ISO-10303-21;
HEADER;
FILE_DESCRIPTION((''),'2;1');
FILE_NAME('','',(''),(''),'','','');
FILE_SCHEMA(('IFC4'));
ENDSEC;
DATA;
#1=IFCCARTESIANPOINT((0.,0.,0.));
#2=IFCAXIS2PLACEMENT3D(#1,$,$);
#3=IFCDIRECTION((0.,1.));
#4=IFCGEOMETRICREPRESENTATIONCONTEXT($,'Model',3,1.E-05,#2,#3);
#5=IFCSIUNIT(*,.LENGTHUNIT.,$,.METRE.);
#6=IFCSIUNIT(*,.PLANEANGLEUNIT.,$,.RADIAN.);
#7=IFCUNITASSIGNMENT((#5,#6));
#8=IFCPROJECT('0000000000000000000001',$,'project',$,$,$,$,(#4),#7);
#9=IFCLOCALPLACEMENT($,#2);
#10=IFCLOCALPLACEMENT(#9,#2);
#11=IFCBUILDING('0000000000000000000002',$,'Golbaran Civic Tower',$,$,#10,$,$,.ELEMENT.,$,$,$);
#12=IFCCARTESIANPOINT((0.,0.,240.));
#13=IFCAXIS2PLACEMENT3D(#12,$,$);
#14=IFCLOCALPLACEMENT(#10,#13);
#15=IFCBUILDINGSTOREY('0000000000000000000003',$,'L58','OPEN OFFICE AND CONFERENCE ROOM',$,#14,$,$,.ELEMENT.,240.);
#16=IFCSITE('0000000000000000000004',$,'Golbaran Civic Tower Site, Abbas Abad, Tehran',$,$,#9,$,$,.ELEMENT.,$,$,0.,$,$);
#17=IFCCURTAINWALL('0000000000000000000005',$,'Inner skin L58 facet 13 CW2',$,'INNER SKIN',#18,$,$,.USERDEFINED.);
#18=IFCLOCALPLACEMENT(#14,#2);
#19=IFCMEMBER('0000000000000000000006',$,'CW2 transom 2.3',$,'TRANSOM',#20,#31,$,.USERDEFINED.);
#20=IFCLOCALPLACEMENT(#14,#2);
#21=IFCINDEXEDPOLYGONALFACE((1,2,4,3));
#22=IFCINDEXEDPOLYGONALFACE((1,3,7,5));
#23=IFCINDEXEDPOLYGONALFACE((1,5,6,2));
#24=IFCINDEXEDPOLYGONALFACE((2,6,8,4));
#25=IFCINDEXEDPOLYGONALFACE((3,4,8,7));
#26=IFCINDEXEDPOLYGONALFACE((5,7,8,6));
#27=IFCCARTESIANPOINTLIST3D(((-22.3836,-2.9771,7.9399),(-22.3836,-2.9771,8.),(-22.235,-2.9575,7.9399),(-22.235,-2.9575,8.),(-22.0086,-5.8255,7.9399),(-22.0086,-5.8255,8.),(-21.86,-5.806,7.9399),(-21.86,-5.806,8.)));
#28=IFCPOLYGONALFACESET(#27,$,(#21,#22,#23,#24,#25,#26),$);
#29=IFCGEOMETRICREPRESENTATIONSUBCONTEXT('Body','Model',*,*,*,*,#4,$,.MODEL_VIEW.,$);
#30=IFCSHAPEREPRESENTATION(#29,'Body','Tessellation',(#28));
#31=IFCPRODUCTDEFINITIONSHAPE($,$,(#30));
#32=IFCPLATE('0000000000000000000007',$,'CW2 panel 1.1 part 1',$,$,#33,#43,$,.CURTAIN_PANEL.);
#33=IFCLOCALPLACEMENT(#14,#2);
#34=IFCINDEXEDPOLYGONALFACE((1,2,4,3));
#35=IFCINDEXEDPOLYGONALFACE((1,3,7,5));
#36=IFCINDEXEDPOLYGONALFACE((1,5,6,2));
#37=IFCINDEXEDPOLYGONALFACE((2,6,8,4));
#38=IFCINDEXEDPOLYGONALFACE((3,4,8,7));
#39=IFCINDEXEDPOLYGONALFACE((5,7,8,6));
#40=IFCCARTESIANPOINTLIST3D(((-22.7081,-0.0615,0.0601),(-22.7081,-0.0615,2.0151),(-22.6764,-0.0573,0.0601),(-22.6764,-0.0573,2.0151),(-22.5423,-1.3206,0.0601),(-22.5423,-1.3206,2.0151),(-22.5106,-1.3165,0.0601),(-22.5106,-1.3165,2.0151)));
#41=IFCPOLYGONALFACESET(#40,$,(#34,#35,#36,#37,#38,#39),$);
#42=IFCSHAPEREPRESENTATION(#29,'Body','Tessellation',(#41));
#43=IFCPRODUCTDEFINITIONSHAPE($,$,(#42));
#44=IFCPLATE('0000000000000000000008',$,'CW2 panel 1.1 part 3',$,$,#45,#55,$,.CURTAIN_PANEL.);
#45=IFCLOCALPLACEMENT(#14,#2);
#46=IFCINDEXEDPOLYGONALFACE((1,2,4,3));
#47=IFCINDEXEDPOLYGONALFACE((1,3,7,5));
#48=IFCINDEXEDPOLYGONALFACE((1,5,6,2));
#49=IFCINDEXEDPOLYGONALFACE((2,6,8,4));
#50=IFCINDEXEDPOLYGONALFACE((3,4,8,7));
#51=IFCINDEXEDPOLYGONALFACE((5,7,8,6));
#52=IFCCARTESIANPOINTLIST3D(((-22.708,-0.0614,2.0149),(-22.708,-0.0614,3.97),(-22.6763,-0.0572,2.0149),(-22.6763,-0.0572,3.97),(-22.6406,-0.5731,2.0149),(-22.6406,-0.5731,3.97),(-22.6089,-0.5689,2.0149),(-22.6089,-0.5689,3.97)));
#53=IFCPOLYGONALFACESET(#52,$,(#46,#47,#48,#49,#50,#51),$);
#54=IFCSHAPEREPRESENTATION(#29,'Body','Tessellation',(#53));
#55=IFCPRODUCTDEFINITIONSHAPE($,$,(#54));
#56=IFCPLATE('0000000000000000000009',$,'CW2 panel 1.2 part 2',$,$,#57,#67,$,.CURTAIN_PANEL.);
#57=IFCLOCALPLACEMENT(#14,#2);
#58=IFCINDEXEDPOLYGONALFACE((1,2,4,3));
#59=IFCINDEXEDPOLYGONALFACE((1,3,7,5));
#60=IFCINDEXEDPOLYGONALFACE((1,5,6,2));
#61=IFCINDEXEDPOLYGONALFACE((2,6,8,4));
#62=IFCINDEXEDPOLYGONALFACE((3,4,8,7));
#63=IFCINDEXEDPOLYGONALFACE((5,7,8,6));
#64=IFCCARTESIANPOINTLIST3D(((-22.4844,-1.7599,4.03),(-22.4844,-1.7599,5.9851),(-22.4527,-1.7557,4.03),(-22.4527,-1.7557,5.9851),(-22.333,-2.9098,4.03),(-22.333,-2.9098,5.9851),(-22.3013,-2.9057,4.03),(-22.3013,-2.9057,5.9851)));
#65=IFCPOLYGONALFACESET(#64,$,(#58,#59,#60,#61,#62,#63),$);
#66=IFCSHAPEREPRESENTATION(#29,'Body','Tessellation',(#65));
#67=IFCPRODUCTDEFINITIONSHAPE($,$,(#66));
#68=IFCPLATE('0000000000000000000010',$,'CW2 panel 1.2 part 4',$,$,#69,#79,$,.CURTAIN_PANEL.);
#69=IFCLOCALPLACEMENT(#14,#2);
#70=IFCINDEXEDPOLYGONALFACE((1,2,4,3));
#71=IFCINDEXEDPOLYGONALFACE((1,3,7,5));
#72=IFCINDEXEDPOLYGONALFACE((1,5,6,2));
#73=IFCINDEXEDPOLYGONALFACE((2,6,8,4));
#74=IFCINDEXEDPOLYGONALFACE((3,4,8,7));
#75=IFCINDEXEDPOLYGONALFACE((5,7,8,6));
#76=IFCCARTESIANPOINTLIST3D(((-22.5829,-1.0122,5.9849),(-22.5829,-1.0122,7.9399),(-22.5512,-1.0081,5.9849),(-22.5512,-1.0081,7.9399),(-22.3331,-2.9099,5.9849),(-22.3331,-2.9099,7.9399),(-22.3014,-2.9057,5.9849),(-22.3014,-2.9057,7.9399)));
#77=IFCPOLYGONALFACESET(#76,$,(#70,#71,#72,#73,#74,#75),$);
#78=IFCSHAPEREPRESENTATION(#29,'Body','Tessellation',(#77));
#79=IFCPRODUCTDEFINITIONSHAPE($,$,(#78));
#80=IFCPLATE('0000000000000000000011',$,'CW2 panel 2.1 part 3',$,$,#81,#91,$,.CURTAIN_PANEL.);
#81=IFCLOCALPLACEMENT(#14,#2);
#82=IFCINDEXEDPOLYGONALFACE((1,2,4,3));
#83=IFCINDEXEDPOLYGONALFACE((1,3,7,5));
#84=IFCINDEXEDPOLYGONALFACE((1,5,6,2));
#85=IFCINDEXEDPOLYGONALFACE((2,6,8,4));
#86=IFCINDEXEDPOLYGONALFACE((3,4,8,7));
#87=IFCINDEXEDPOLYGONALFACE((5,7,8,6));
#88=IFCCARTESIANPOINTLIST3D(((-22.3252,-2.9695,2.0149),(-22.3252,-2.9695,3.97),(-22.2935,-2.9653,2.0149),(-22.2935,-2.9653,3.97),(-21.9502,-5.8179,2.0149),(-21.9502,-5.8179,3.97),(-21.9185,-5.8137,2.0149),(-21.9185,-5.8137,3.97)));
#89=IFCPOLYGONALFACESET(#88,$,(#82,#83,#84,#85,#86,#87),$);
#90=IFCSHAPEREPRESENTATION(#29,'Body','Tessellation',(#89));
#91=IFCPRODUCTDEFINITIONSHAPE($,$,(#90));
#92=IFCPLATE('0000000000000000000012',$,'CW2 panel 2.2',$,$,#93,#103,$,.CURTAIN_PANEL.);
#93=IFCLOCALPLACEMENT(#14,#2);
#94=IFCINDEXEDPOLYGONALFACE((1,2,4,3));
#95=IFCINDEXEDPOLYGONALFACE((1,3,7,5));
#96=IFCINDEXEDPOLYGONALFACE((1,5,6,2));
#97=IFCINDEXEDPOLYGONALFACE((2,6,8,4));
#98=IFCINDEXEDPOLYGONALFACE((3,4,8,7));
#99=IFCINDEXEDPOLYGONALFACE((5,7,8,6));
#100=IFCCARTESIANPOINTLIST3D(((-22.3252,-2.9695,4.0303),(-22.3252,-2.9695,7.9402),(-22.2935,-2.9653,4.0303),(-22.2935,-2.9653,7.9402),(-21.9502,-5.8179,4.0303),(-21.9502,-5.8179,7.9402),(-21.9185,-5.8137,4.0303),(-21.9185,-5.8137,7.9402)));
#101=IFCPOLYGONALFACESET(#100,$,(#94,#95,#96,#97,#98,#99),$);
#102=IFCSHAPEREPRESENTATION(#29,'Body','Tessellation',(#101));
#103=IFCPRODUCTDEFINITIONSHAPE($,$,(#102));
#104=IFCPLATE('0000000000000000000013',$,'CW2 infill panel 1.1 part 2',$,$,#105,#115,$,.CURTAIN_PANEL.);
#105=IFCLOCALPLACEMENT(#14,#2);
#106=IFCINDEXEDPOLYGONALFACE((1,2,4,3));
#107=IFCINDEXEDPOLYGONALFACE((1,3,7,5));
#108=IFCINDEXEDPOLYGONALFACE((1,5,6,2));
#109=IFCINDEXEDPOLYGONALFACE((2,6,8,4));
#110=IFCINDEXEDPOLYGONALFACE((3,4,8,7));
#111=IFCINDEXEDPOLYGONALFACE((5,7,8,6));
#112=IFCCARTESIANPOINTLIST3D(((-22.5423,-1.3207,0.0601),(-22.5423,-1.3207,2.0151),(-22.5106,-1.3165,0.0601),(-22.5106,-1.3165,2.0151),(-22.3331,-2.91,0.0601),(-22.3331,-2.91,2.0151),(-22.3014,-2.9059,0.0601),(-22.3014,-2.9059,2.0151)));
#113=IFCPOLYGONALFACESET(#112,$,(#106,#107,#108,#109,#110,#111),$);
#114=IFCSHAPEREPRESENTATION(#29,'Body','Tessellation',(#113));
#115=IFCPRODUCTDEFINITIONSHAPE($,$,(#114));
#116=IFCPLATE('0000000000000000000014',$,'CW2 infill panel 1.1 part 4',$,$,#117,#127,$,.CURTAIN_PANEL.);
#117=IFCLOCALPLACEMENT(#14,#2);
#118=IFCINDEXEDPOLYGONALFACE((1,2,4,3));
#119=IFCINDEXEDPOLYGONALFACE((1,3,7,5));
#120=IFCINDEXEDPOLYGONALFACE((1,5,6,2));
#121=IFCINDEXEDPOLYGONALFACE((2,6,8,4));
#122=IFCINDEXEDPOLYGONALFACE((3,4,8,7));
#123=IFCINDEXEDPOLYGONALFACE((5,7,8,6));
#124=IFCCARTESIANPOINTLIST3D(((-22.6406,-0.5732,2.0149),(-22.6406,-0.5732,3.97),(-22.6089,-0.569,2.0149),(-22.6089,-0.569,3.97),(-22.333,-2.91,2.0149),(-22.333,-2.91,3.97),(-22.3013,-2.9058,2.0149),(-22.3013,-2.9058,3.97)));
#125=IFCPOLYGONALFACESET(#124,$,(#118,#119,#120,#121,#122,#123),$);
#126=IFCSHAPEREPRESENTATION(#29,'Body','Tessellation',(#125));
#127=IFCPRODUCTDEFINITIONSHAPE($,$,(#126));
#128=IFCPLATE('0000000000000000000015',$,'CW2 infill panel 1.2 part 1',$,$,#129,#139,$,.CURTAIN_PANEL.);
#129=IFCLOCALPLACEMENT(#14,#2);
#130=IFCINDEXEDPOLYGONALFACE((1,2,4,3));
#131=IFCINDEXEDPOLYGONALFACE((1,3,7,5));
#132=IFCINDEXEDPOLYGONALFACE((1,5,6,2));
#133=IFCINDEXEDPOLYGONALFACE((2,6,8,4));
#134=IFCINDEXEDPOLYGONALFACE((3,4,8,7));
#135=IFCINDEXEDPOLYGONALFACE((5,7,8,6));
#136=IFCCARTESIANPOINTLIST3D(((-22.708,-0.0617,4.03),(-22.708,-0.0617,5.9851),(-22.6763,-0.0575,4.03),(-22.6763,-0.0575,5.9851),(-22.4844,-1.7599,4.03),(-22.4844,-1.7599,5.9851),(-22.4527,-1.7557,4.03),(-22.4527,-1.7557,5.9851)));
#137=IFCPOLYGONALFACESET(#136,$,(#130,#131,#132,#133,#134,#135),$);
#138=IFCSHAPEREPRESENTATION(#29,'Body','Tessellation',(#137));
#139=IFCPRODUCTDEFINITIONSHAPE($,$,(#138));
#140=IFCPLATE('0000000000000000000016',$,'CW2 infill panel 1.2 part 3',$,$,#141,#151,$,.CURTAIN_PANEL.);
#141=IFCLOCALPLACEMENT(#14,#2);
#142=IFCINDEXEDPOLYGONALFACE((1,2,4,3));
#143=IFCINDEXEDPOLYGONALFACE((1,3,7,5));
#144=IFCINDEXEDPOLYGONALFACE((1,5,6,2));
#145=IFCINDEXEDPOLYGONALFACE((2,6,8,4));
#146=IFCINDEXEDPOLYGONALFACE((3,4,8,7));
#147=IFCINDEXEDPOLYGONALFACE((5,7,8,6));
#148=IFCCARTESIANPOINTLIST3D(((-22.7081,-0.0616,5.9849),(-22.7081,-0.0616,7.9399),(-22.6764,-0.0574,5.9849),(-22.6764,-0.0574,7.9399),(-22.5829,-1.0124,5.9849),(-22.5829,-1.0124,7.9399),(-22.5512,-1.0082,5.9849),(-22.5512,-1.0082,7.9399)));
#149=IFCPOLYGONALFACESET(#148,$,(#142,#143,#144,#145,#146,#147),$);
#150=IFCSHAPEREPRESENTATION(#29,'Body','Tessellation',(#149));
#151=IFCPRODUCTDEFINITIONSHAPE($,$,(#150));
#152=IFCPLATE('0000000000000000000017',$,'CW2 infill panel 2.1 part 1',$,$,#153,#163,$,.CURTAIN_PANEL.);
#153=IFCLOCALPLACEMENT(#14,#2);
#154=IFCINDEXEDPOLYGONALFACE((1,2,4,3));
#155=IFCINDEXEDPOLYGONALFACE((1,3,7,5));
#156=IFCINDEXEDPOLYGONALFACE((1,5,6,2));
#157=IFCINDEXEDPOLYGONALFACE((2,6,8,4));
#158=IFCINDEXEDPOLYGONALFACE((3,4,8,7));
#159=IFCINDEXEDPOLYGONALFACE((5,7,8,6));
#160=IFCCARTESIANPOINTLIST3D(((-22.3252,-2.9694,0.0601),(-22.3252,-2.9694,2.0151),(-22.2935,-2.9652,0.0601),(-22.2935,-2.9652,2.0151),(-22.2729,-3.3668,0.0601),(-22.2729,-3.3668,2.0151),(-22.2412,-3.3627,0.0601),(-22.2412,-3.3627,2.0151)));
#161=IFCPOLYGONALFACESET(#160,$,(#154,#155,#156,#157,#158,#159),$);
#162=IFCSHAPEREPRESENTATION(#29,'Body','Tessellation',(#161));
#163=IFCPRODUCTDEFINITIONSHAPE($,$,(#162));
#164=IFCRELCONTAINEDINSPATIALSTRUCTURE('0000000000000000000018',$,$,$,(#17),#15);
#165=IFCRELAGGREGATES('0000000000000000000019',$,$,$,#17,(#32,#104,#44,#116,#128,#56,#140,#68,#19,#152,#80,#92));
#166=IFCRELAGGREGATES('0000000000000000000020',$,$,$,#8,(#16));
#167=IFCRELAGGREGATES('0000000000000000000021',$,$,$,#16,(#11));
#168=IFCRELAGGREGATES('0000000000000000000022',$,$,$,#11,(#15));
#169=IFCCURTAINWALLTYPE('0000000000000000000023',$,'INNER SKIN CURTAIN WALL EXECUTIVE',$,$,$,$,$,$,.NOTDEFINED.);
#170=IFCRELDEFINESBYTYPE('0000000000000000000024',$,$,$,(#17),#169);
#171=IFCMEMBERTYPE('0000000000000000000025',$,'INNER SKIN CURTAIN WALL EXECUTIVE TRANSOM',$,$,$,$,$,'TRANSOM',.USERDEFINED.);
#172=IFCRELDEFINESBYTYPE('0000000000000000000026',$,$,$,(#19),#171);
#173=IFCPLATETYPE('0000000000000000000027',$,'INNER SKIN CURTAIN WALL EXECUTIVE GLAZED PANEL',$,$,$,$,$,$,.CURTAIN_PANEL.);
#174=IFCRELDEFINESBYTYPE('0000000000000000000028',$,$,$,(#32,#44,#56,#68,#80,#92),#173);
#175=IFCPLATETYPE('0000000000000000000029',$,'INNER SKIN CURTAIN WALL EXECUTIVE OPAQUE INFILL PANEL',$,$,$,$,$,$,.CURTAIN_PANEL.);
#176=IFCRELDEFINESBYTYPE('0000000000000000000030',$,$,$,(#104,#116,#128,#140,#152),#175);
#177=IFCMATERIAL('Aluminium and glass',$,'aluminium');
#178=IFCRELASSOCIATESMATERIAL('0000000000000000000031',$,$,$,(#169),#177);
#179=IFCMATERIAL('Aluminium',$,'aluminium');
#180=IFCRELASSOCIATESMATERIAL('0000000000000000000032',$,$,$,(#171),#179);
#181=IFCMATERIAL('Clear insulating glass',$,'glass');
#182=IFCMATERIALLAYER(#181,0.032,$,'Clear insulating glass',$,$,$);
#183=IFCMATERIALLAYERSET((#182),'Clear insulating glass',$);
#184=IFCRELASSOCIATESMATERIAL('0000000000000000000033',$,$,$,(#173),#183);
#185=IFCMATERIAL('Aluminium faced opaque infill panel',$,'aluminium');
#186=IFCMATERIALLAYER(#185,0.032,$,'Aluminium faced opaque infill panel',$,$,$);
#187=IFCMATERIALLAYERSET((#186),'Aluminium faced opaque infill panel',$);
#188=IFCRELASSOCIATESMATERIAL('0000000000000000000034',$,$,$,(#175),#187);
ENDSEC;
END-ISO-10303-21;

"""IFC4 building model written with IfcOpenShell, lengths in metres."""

from ifc_helpers import new_model, si_unit, direction, frame, origin, origin_2d, place, context, subcontext, project, spatial, rectangle, extrude, material, layer, layer_set, material_profile, profile_set, type_object, element, aggregate, save


model = new_model("IFC4")

# Units and contexts
model_context = context("Model", 3, precision=1e-05, world=origin(), true_north=direction((0.0, 1.0)))
body_context = subcontext(model_context, "Body", "Model", "MODEL_VIEW")
ifc_project = project(units=[si_unit("LENGTHUNIT", "METRE"), si_unit("PLANEANGLEUNIT", "RADIAN")], contexts=[model_context])

# Site, building, storey
site_placement = place(None, origin())
site = spatial("IfcSite", under=ifc_project, at=site_placement, Name="Golbaran Civic Tower Site, Abbas Abad, Tehran", CompositionType="ELEMENT", RefElevation=0.0)
building_placement = place(site_placement, origin())
building = spatial("IfcBuilding", under=site, at=building_placement, Name="Golbaran Civic Tower", CompositionType="ELEMENT")
storey_placement = place(building_placement, frame((0.0, 0.0, 240.0)))
storey = spatial("IfcBuildingStorey", under=building, at=storey_placement, Name="L58", Description="OPEN OFFICE AND CONFERENCE ROOM", CompositionType="ELEMENT", Elevation=240.0)

# Curtain wall, member, plates
ifc_material_1 = material(Name="Aluminium and glass", Category="aluminium")
curtain_wall_type = type_object("IfcCurtainWallType", Name="INNER SKIN CURTAIN WALL EXECUTIVE", PredefinedType="NOTDEFINED", material=ifc_material_1)
curtain_wall_placement = place(storey_placement, origin())
curtain_wall = element("IfcCurtainWall", 1, at=curtain_wall_placement, inside=storey, type_object=curtain_wall_type, Name="Inner skin L58 facet 13 CW2", ObjectType="INNER SKIN", PredefinedType="USERDEFINED")
ifc_material_2 = material(Name="Aluminium", Category="aluminium")
ifc_material_profile_1 = material_profile(ifc_material_2, rectangle(XDim=0.1499, YDim=0.0601, at=origin_2d()), Name="INNER SKIN CURTAIN WALL EXECUTIVE TRANSOM")
ifc_profile_set_1 = profile_set([ifc_material_profile_1], Name="Aluminium")
member_type_1 = type_object("IfcMemberType", Name="INNER SKIN CURTAIN WALL EXECUTIVE TRANSOM", ElementType="TRANSOM", PredefinedType="USERDEFINED", material=ifc_profile_set_1)
member_1_placement = place(storey_placement, frame((-22.3093, -2.9673, 7.97), z_axis=(0.130527, -0.991445, 0.0), x_axis=(0.991445, 0.130527, 0.0)))
member_1 = element("IfcMember", 2, at=member_1_placement, type_object=member_type_1, Name="CW2 transom 2.3", ObjectType="TRANSOM", PredefinedType="USERDEFINED", context=body_context, shape_type="SweptSolid", body=[
    extrude(rectangle(XDim=0.1499, YDim=0.0601, at=origin_2d()), origin(), (0.0, 0.0, 1.0), 2.873),
])
ifc_material_3 = material(Name="Clear insulating glass", Category="glass")
ifc_layer_1 = layer(ifc_material_3, 0.032, Name="Clear insulating glass")
ifc_layer_set_1 = layer_set([ifc_layer_1], Name="Clear insulating glass")
plate_type_1 = type_object("IfcPlateType", Name="INNER SKIN CURTAIN WALL EXECUTIVE GLAZED PANEL", PredefinedType="CURTAIN_PANEL", material=ifc_layer_set_1)
plate_1_placement = place(storey_placement, frame((-22.6094, -0.689, 0.0601), z_axis=(0.0, 0.0, 1.0), x_axis=(0.130526, -0.991445, 0.0)))
plate_1 = element("IfcPlate", 3, at=plate_1_placement, type_object=plate_type_1, Name="CW2 panel 1.1 part 1", PredefinedType="CURTAIN_PANEL", context=body_context, shape_type="SweptSolid", body=[
    extrude(rectangle(XDim=1.27, YDim=0.032, at=origin_2d()), origin(), (0.0, 0.0, 1.0), 1.9551),
])
plate_2_placement = place(storey_placement, frame((-22.6584, -0.3152, 2.0149), z_axis=(0.0, 0.0, 1.0), x_axis=(0.130526, -0.991445, 0.0)))
plate_2 = element("IfcPlate", 4, at=plate_2_placement, type_object=plate_type_1, Name="CW2 panel 1.1 part 3", PredefinedType="CURTAIN_PANEL", context=body_context, shape_type="SweptSolid", body=[
    extrude(rectangle(XDim=0.5161, YDim=0.032, at=origin_2d()), origin(), (0.0, 0.0, 1.0), 1.9551),
])
plate_3_placement = place(storey_placement, frame((-22.3928, -2.3328, 4.03), z_axis=(0.0, 0.0, 1.0), x_axis=(0.130526, -0.991445, 0.0)))
plate_3 = element("IfcPlate", 5, at=plate_3_placement, type_object=plate_type_1, Name="CW2 panel 1.2 part 2", PredefinedType="CURTAIN_PANEL", context=body_context, shape_type="SweptSolid", body=[
    extrude(rectangle(XDim=1.1599, YDim=0.032, at=origin_2d()), origin(), (0.0, 0.0, 1.0), 1.9551),
])
plate_4_placement = place(storey_placement, frame((-22.4421, -1.959, 5.9849), z_axis=(0.0, 0.0, 1.0), x_axis=(0.130526, -0.991445, 0.0)))
plate_4 = element("IfcPlate", 6, at=plate_4_placement, type_object=plate_type_1, Name="CW2 panel 1.2 part 4", PredefinedType="CURTAIN_PANEL", context=body_context, shape_type="SweptSolid", body=[
    extrude(rectangle(XDim=1.9141, YDim=0.032, at=origin_2d()), origin(), (0.0, 0.0, 1.0), 1.9551),
])
plate_5_placement = place(storey_placement, frame((-22.1218, -4.3916, 2.0149), z_axis=(0.0, 0.0, 1.0), x_axis=(0.130526, -0.991445, 0.0)))
plate_5 = element("IfcPlate", 7, at=plate_5_placement, type_object=plate_type_1, Name="CW2 panel 2.1 part 3", PredefinedType="CURTAIN_PANEL", context=body_context, shape_type="SweptSolid", body=[
    extrude(rectangle(XDim=2.873, YDim=0.032, at=origin_2d()), origin(), (0.0, 0.0, 1.0), 1.9551),
])
plate_6_placement = place(storey_placement, frame((-22.1218, -4.3916, 4.0303), z_axis=(0.0, 0.0, 1.0), x_axis=(0.130526, -0.991445, 0.0)))
plate_6 = element("IfcPlate", 8, at=plate_6_placement, type_object=plate_type_1, Name="CW2 panel 2.2", PredefinedType="CURTAIN_PANEL", context=body_context, shape_type="SweptSolid", body=[
    extrude(rectangle(XDim=2.873, YDim=0.032, at=origin_2d()), origin(), (0.0, 0.0, 1.0), 3.9099),
])
ifc_material_4 = material(Name="Aluminium faced opaque infill panel", Category="aluminium")
ifc_layer_2 = layer(ifc_material_4, 0.032, Name="Aluminium faced opaque infill panel")
ifc_layer_set_2 = layer_set([ifc_layer_2], Name="Aluminium faced opaque infill panel")
plate_type_2 = type_object("IfcPlateType", Name="INNER SKIN CURTAIN WALL EXECUTIVE OPAQUE INFILL PANEL", PredefinedType="CURTAIN_PANEL", material=ifc_layer_set_2)
plate_7_placement = place(storey_placement, frame((-22.4219, -2.1133, 0.0601), z_axis=(0.0, 0.0, 1.0), x_axis=(0.130526, -0.991445, 0.0)))
plate_7 = element("IfcPlate", 9, at=plate_7_placement, type_object=plate_type_2, Name="CW2 infill panel 1.1 part 2", PredefinedType="CURTAIN_PANEL", context=body_context, shape_type="SweptSolid", body=[
    extrude(rectangle(XDim=1.603, YDim=0.032, at=origin_2d()), origin(), (0.0, 0.0, 1.0), 1.9551),
])
plate_8_placement = place(storey_placement, frame((-22.4709, -1.7395, 2.0149), z_axis=(0.0, 0.0, 1.0), x_axis=(0.130526, -0.991445, 0.0)))
plate_8 = element("IfcPlate", 10, at=plate_8_placement, type_object=plate_type_2, Name="CW2 infill panel 1.1 part 4", PredefinedType="CURTAIN_PANEL", context=body_context, shape_type="SweptSolid", body=[
    extrude(rectangle(XDim=2.3569, YDim=0.032, at=origin_2d()), origin(), (0.0, 0.0, 1.0), 1.9551),
])
plate_9_placement = place(storey_placement, frame((-22.5803, -0.9087, 4.03), z_axis=(0.0, 0.0, 1.0), x_axis=(0.130526, -0.991445, 0.0)))
plate_9 = element("IfcPlate", 11, at=plate_9_placement, type_object=plate_type_2, Name="CW2 infill panel 1.2 part 1", PredefinedType="CURTAIN_PANEL", context=body_context, shape_type="SweptSolid", body=[
    extrude(rectangle(XDim=1.7129, YDim=0.032, at=origin_2d()), origin(), (0.0, 0.0, 1.0), 1.9551),
])
plate_10_placement = place(storey_placement, frame((-22.6296, -0.5349, 5.9849), z_axis=(0.0, 0.0, 1.0), x_axis=(0.130526, -0.991445, 0.0)))
plate_10 = element("IfcPlate", 12, at=plate_10_placement, type_object=plate_type_2, Name="CW2 infill panel 1.2 part 3", PredefinedType="CURTAIN_PANEL", context=body_context, shape_type="SweptSolid", body=[
    extrude(rectangle(XDim=0.959, YDim=0.032, at=origin_2d()), origin(), (0.0, 0.0, 1.0), 1.9551),
])
plate_11_placement = place(storey_placement, frame((-22.2832, -3.166, 0.0601), z_axis=(0.0, 0.0, 1.0), x_axis=(0.130526, -0.991445, 0.0)))
plate_11 = element("IfcPlate", 13, at=plate_11_placement, type_object=plate_type_2, Name="CW2 infill panel 2.1 part 1", PredefinedType="CURTAIN_PANEL", context=body_context, shape_type="SweptSolid", body=[
    extrude(rectangle(XDim=0.4009, YDim=0.032, at=origin_2d()), origin(), (0.0, 0.0, 1.0), 1.9551),
])
aggregate(curtain_wall, [plate_1, plate_7, plate_2, plate_8, plate_9, plate_3, plate_10, plate_4, member_1, plate_11, plate_5, plate_6])

save(model, "model.ifc")
